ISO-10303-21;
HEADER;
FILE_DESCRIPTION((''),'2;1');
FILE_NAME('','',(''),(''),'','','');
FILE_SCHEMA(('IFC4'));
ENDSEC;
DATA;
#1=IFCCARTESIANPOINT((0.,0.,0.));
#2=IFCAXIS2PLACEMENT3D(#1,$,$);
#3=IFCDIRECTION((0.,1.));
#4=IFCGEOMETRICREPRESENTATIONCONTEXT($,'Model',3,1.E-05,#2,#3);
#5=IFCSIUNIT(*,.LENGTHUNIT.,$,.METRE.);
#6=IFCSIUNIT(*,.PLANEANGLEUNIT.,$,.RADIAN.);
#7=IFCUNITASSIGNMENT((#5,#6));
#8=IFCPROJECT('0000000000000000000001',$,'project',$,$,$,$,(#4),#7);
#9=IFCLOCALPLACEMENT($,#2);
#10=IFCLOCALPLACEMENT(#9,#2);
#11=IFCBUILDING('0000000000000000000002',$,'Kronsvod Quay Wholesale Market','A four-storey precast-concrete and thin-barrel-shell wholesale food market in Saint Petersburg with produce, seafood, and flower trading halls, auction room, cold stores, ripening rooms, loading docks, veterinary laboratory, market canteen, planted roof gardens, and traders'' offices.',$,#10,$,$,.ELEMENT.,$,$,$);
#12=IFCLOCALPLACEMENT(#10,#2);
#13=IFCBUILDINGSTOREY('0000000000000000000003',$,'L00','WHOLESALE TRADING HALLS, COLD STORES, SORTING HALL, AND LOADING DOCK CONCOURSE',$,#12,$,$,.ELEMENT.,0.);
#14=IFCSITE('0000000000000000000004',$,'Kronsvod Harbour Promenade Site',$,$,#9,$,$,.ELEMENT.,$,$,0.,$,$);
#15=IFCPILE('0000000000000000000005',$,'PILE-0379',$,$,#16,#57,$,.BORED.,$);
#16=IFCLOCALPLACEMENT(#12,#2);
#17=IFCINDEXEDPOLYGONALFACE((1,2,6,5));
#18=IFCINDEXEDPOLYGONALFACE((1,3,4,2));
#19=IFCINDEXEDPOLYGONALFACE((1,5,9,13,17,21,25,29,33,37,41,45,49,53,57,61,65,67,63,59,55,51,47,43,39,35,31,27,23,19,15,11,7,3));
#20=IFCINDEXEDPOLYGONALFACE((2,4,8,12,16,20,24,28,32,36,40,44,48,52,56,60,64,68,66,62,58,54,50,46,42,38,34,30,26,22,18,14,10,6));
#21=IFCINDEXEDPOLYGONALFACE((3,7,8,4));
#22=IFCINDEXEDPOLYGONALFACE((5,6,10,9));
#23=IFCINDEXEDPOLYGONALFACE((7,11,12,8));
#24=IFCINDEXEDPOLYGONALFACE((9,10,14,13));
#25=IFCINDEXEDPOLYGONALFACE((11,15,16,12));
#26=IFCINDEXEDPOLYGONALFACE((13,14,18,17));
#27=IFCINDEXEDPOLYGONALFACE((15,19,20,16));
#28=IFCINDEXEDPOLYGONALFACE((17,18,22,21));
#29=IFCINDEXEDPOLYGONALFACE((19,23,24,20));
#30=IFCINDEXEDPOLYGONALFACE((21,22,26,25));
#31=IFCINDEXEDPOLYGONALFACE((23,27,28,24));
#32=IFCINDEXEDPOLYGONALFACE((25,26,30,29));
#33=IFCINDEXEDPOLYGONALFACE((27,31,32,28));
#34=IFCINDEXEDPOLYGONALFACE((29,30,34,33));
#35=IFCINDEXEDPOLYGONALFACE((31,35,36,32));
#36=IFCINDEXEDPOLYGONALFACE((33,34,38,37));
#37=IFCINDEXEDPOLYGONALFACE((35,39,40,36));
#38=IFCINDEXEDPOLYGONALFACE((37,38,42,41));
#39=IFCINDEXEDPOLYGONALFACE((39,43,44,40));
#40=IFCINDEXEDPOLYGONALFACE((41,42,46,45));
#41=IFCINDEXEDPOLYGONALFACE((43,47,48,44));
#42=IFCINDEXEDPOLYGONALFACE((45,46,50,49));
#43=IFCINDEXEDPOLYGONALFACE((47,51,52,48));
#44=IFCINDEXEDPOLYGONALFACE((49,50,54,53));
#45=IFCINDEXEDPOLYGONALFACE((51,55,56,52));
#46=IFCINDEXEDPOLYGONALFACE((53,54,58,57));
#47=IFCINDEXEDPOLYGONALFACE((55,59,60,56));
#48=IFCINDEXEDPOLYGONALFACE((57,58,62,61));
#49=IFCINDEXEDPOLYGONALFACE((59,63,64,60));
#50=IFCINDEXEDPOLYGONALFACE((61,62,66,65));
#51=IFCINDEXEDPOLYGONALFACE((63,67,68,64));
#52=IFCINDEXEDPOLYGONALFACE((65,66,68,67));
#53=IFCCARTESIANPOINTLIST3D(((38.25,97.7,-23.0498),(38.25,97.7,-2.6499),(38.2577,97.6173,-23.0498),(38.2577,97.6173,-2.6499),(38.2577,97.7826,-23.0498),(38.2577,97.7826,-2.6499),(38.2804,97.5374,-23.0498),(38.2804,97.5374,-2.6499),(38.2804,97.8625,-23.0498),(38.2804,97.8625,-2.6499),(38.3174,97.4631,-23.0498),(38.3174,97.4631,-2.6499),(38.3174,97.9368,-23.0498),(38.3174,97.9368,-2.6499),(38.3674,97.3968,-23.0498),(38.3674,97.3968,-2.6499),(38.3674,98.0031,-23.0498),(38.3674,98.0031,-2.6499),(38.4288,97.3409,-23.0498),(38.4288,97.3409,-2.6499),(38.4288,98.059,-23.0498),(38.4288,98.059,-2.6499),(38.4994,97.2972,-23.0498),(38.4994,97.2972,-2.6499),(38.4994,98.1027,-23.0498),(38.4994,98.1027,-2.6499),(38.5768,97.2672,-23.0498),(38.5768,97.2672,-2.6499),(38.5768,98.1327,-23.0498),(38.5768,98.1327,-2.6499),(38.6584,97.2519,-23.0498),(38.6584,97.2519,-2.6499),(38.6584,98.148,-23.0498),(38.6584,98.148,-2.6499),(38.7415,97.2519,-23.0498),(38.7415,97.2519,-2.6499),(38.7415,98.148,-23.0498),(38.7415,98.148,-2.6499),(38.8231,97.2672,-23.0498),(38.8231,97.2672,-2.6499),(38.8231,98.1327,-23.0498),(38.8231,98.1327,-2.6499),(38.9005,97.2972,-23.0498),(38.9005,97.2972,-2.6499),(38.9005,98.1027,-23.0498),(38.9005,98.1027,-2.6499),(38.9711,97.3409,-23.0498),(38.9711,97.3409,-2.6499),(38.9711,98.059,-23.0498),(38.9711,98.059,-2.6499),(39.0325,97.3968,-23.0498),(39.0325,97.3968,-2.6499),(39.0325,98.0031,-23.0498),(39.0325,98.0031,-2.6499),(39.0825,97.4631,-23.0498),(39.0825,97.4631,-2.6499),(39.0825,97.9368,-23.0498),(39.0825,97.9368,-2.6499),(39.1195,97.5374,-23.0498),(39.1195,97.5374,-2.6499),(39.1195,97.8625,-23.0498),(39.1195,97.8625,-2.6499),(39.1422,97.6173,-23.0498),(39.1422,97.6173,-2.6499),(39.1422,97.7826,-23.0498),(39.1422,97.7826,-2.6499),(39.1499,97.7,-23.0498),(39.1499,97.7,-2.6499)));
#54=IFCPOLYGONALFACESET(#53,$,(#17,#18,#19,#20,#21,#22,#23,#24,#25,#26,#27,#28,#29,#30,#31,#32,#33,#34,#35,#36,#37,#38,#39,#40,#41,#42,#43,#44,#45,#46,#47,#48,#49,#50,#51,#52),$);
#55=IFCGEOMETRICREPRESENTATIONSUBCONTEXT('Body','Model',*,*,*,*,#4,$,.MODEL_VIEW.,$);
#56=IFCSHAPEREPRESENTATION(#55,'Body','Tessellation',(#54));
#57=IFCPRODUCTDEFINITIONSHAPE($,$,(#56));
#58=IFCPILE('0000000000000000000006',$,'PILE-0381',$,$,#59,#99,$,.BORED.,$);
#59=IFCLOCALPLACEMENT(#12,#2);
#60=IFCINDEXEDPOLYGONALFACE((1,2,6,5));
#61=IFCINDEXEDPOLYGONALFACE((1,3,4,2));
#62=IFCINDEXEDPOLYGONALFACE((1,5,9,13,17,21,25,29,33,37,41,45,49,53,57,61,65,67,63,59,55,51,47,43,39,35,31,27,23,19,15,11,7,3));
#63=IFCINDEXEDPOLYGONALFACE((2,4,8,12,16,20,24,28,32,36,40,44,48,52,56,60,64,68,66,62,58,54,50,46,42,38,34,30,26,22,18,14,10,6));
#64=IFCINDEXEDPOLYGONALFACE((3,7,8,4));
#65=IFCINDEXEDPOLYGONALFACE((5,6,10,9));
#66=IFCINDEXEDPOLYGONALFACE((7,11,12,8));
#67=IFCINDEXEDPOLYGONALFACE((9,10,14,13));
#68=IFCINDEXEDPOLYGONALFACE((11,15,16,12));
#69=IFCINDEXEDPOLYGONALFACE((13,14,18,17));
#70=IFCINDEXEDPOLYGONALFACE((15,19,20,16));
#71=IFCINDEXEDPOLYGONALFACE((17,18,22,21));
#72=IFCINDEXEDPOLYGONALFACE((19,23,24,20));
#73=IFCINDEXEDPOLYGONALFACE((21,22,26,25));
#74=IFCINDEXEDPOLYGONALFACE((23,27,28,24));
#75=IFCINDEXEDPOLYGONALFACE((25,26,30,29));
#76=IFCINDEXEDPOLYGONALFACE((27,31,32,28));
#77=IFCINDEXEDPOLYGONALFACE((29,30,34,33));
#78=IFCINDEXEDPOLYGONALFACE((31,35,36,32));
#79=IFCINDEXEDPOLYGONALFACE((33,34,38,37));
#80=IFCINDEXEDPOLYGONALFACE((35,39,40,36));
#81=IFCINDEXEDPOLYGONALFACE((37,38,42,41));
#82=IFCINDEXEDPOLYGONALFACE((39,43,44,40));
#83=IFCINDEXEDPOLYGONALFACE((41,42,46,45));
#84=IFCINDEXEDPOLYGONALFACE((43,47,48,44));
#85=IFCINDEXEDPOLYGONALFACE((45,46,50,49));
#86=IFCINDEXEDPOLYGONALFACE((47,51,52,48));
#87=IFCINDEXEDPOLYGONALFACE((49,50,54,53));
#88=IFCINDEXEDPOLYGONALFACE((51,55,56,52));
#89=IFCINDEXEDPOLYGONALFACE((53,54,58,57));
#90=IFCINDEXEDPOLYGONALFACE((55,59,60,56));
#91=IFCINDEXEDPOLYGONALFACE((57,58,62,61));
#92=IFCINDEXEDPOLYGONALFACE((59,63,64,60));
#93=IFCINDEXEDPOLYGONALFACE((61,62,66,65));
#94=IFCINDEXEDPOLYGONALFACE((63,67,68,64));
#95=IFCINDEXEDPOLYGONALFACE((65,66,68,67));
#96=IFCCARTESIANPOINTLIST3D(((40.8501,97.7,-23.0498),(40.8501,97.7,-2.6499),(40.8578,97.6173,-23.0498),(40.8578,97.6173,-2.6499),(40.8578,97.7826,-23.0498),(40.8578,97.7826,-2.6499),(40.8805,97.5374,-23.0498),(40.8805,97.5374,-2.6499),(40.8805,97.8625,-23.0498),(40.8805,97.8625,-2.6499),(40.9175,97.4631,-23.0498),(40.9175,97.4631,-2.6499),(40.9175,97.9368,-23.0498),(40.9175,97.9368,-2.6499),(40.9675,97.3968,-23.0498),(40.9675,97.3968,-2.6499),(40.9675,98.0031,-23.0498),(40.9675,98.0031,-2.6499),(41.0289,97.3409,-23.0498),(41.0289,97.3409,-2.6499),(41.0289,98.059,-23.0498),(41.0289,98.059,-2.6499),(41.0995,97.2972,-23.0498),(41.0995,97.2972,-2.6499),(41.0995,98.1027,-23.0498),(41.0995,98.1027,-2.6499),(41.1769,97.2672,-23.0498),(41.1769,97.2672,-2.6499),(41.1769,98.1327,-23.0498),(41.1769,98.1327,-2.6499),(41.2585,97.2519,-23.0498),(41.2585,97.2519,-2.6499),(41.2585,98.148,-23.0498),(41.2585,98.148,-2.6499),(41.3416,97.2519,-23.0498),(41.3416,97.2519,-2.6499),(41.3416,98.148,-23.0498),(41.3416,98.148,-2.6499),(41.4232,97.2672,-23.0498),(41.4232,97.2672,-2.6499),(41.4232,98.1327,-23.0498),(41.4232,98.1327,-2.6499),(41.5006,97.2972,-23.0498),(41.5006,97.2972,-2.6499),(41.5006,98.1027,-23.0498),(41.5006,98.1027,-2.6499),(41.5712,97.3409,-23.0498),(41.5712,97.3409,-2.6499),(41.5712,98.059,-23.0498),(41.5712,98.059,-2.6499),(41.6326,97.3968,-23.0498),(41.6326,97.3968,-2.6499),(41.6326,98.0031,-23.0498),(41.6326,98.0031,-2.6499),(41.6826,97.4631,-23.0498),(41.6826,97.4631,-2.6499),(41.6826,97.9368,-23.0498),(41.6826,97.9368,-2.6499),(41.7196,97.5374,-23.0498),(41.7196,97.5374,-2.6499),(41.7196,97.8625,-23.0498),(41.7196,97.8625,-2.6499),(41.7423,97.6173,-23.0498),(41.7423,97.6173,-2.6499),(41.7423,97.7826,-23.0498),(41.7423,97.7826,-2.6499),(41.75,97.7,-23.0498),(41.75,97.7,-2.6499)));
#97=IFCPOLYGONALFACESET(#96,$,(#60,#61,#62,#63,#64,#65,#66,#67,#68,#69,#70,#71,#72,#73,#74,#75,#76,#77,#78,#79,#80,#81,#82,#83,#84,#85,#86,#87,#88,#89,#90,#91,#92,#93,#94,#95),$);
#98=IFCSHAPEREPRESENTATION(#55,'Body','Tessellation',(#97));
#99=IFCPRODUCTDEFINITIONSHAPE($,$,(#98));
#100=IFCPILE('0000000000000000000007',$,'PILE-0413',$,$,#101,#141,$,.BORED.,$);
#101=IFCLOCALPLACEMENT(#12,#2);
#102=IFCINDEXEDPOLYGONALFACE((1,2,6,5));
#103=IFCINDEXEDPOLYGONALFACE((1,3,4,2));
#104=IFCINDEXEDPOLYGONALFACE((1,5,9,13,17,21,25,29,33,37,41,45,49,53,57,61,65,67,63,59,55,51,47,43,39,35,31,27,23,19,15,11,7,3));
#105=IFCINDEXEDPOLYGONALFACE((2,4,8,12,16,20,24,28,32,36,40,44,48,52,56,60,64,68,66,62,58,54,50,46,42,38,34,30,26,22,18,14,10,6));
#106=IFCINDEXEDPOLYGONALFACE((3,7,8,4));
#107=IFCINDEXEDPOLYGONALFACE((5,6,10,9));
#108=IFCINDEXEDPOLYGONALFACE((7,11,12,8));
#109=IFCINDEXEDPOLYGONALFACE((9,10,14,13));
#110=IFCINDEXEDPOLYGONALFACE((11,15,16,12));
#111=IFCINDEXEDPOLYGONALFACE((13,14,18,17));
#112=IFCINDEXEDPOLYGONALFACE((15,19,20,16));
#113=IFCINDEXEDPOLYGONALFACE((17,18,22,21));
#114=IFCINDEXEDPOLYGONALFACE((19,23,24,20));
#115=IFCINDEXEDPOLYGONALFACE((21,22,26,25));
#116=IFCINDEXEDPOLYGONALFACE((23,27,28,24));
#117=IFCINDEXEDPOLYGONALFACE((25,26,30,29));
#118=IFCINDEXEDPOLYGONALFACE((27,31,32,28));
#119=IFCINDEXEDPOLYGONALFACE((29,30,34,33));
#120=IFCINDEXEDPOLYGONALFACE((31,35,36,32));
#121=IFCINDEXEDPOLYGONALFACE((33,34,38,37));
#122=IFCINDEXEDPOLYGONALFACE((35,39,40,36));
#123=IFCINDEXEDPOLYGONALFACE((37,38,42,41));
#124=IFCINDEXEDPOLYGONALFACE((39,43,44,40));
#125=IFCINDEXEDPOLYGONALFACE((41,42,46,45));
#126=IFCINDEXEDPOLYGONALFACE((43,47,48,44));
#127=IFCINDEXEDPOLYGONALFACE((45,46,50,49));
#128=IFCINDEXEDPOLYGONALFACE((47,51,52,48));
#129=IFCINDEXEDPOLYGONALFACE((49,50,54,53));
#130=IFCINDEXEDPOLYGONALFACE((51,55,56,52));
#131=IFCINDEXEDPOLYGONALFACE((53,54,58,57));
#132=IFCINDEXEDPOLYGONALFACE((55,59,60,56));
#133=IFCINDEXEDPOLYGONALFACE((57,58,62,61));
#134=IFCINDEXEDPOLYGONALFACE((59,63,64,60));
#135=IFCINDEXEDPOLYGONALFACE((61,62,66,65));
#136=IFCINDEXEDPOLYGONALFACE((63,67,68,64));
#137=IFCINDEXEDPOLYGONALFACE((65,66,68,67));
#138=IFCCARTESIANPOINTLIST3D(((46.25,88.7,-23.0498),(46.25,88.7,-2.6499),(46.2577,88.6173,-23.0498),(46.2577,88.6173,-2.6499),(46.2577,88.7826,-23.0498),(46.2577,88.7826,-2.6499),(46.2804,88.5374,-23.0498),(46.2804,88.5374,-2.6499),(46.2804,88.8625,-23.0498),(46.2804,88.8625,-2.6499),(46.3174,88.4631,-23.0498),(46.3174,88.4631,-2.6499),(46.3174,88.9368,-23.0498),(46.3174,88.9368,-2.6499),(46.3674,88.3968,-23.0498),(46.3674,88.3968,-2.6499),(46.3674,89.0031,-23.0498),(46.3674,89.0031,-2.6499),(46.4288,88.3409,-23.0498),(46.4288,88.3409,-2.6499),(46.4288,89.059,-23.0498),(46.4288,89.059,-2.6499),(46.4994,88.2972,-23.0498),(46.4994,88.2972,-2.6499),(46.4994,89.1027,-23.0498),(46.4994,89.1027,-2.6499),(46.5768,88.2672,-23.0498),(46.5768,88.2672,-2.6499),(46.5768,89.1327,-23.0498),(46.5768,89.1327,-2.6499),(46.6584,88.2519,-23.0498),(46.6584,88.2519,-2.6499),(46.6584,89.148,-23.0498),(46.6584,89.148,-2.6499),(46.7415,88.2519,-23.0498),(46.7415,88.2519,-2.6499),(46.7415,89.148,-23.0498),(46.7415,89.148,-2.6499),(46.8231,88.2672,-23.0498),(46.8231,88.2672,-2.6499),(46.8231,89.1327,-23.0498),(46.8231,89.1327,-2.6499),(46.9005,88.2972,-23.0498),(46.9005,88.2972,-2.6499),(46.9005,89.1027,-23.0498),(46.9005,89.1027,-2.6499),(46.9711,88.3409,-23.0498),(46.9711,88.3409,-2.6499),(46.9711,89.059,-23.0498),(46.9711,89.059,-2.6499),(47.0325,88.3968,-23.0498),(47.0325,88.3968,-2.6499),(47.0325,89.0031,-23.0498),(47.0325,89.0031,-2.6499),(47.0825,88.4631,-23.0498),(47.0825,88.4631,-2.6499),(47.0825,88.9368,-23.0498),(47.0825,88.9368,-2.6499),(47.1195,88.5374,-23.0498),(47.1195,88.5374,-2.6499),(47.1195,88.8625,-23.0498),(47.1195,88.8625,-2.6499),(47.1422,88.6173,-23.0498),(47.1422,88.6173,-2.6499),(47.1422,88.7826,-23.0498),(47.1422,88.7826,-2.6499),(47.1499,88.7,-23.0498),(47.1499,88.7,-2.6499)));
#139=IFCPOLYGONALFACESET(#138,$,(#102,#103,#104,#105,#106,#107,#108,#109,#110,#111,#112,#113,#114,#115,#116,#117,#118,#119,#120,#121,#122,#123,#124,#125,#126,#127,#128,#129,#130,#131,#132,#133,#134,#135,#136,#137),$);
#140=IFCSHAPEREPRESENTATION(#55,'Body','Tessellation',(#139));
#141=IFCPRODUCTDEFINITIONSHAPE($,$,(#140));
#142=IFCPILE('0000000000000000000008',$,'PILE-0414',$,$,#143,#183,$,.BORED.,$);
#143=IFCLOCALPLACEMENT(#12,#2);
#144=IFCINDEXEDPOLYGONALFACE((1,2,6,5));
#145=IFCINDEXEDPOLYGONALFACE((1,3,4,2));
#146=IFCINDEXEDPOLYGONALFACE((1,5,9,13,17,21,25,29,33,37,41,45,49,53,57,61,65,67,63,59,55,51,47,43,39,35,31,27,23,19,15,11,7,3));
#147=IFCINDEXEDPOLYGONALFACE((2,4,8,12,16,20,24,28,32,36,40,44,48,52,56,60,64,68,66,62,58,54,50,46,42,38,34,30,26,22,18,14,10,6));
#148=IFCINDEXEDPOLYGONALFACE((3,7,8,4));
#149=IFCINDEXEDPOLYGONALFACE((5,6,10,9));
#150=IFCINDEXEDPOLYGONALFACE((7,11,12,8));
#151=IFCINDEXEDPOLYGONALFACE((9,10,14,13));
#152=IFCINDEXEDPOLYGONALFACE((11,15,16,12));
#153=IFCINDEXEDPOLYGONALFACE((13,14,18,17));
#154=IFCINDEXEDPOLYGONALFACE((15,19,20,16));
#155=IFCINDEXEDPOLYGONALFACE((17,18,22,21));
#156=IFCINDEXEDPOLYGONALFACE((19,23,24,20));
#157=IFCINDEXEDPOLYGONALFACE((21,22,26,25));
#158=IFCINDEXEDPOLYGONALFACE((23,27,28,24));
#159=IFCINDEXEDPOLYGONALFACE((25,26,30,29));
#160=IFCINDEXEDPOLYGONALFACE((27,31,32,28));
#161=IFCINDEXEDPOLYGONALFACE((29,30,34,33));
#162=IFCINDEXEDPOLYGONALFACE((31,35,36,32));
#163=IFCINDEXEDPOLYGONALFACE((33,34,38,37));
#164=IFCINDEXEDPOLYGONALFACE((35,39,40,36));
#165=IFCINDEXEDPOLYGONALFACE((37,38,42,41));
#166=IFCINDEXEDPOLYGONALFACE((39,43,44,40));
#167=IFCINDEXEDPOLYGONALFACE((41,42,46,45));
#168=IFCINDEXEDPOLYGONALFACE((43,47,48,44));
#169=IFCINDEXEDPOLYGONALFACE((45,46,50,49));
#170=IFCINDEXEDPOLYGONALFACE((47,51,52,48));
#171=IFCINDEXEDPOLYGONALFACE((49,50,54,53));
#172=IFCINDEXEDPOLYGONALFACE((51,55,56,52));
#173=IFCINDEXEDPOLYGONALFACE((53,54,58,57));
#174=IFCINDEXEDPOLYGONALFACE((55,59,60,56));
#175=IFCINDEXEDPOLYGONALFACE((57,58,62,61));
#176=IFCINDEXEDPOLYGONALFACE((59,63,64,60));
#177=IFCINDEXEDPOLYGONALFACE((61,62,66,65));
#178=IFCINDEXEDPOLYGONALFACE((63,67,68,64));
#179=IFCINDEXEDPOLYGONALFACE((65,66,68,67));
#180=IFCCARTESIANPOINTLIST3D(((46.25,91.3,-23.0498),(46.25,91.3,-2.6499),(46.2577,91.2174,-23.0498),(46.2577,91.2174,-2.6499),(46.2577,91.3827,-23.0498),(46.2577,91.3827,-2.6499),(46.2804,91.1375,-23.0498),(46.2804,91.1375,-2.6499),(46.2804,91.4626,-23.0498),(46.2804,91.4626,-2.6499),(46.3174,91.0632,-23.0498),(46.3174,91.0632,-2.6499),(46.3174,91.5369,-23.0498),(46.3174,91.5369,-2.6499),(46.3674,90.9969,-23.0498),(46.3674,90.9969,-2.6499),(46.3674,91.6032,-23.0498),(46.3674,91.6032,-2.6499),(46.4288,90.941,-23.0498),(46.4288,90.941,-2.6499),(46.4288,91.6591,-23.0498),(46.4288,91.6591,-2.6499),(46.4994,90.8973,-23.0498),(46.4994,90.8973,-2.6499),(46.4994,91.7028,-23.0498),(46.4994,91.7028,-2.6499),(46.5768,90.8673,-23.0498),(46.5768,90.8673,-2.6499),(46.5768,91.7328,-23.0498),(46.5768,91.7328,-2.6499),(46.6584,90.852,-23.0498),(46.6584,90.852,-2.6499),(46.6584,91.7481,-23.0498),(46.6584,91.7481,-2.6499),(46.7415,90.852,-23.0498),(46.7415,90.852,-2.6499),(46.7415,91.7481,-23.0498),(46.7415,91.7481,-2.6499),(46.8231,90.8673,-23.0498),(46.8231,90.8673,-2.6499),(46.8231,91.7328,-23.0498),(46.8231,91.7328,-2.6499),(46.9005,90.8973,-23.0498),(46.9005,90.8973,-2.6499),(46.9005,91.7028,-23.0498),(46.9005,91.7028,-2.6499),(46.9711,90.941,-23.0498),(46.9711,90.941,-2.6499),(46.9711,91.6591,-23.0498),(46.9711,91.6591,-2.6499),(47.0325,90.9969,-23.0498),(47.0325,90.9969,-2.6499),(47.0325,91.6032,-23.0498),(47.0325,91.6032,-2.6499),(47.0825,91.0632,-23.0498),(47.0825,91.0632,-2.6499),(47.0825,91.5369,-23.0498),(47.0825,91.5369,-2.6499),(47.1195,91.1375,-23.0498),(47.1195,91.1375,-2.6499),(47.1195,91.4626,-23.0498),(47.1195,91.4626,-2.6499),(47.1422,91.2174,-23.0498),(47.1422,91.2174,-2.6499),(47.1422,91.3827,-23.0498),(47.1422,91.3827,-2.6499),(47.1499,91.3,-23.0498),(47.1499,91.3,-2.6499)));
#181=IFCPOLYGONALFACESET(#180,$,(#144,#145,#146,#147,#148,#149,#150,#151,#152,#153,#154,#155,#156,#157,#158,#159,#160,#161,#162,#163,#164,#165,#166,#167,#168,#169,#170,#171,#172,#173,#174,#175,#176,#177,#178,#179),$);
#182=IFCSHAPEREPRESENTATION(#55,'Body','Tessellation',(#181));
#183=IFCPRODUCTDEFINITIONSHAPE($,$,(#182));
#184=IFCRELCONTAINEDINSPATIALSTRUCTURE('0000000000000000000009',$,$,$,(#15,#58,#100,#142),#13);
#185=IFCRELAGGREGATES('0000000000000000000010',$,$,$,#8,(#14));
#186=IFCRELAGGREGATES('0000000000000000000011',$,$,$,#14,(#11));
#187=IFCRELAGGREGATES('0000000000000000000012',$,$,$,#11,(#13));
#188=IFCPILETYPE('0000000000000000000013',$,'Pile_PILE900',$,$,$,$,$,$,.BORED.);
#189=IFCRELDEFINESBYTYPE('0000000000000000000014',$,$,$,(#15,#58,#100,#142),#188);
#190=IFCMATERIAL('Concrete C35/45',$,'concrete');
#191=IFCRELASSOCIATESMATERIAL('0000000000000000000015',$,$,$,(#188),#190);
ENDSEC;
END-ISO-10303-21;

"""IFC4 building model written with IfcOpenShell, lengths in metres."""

from ifc_helpers import new_model, si_unit, direction, frame, origin, origin_2d, place, context, subcontext, project, spatial, circle, extrude, material, material_profile, profile_set, type_object, element, save


model = new_model("IFC4")

# Units and contexts
model_context = context("Model", 3, precision=1e-05, world=origin(), true_north=direction((0.0, 1.0)))
body_context = subcontext(model_context, "Body", "Model", "MODEL_VIEW")
ifc_project = project(units=[si_unit("LENGTHUNIT", "METRE"), si_unit("PLANEANGLEUNIT", "RADIAN")], contexts=[model_context])

# Site, building, storey
site_placement = place(None, origin())
site = spatial("IfcSite", under=ifc_project, at=site_placement, Name="Kronsvod Harbour Promenade Site", CompositionType="ELEMENT", RefElevation=0.0)
building_placement = place(site_placement, origin())
building = spatial("IfcBuilding", under=site, at=building_placement, Name="Kronsvod Quay Wholesale Market", Description="A four-storey precast-concrete and thin-barrel-shell wholesale food market in Saint Petersburg with produce, seafood, and flower trading halls, auction room, cold stores, ripening rooms, loading docks, veterinary laboratory, market canteen, planted roof gardens, and traders' offices.", CompositionType="ELEMENT")
storey_placement = place(building_placement, origin())
storey = spatial("IfcBuildingStorey", under=building, at=storey_placement, Name="L00", Description="WHOLESALE TRADING HALLS, COLD STORES, SORTING HALL, AND LOADING DOCK CONCOURSE", CompositionType="ELEMENT", Elevation=0.0)

# Piles
ifc_material_1 = material(Name="Concrete C35/45", Category="concrete")
ifc_material_profile_1 = material_profile(ifc_material_1, circle(Radius=0.45, at=origin_2d()), Name="PILE900")
ifc_profile_set_1 = profile_set([ifc_material_profile_1], Name="Concrete C35/45")
pile_type = type_object("IfcPileType", Name="Pile_PILE900", PredefinedType="BORED", material=ifc_profile_set_1)
for number, where, z_axis, x_axis, name in (
    (1, (38.7, 97.7, -2.6499), (0.0, 0.0, -1.0), (1.0, 0.0, 0.0), "PILE-0379"),
    (2, (41.3, 97.7, -2.6499), (0.0, 0.0, -1.0), (1.0, 0.0, 0.0), "PILE-0381"),
    (3, (46.7, 88.7, -2.6499), (0.0, 0.0, -1.0), (1.0, 0.0, 0.0), "PILE-0413"),
    (4, (46.7, 91.3, -2.6499), (0.0, 0.0, -1.0), (1.0, 0.0, 0.0), "PILE-0414"),
):
    element("IfcPile", number, at=place(storey_placement, frame(where, z_axis=z_axis, x_axis=x_axis)), inside=storey, type_object=pile_type, Name=name, PredefinedType="BORED", context=body_context, shape_type="SweptSolid", body=[
        extrude(circle(Radius=0.45, at=origin_2d()), origin(), (0.0, 0.0, 1.0), 20.3999),
    ])

save(model, "model.ifc")
